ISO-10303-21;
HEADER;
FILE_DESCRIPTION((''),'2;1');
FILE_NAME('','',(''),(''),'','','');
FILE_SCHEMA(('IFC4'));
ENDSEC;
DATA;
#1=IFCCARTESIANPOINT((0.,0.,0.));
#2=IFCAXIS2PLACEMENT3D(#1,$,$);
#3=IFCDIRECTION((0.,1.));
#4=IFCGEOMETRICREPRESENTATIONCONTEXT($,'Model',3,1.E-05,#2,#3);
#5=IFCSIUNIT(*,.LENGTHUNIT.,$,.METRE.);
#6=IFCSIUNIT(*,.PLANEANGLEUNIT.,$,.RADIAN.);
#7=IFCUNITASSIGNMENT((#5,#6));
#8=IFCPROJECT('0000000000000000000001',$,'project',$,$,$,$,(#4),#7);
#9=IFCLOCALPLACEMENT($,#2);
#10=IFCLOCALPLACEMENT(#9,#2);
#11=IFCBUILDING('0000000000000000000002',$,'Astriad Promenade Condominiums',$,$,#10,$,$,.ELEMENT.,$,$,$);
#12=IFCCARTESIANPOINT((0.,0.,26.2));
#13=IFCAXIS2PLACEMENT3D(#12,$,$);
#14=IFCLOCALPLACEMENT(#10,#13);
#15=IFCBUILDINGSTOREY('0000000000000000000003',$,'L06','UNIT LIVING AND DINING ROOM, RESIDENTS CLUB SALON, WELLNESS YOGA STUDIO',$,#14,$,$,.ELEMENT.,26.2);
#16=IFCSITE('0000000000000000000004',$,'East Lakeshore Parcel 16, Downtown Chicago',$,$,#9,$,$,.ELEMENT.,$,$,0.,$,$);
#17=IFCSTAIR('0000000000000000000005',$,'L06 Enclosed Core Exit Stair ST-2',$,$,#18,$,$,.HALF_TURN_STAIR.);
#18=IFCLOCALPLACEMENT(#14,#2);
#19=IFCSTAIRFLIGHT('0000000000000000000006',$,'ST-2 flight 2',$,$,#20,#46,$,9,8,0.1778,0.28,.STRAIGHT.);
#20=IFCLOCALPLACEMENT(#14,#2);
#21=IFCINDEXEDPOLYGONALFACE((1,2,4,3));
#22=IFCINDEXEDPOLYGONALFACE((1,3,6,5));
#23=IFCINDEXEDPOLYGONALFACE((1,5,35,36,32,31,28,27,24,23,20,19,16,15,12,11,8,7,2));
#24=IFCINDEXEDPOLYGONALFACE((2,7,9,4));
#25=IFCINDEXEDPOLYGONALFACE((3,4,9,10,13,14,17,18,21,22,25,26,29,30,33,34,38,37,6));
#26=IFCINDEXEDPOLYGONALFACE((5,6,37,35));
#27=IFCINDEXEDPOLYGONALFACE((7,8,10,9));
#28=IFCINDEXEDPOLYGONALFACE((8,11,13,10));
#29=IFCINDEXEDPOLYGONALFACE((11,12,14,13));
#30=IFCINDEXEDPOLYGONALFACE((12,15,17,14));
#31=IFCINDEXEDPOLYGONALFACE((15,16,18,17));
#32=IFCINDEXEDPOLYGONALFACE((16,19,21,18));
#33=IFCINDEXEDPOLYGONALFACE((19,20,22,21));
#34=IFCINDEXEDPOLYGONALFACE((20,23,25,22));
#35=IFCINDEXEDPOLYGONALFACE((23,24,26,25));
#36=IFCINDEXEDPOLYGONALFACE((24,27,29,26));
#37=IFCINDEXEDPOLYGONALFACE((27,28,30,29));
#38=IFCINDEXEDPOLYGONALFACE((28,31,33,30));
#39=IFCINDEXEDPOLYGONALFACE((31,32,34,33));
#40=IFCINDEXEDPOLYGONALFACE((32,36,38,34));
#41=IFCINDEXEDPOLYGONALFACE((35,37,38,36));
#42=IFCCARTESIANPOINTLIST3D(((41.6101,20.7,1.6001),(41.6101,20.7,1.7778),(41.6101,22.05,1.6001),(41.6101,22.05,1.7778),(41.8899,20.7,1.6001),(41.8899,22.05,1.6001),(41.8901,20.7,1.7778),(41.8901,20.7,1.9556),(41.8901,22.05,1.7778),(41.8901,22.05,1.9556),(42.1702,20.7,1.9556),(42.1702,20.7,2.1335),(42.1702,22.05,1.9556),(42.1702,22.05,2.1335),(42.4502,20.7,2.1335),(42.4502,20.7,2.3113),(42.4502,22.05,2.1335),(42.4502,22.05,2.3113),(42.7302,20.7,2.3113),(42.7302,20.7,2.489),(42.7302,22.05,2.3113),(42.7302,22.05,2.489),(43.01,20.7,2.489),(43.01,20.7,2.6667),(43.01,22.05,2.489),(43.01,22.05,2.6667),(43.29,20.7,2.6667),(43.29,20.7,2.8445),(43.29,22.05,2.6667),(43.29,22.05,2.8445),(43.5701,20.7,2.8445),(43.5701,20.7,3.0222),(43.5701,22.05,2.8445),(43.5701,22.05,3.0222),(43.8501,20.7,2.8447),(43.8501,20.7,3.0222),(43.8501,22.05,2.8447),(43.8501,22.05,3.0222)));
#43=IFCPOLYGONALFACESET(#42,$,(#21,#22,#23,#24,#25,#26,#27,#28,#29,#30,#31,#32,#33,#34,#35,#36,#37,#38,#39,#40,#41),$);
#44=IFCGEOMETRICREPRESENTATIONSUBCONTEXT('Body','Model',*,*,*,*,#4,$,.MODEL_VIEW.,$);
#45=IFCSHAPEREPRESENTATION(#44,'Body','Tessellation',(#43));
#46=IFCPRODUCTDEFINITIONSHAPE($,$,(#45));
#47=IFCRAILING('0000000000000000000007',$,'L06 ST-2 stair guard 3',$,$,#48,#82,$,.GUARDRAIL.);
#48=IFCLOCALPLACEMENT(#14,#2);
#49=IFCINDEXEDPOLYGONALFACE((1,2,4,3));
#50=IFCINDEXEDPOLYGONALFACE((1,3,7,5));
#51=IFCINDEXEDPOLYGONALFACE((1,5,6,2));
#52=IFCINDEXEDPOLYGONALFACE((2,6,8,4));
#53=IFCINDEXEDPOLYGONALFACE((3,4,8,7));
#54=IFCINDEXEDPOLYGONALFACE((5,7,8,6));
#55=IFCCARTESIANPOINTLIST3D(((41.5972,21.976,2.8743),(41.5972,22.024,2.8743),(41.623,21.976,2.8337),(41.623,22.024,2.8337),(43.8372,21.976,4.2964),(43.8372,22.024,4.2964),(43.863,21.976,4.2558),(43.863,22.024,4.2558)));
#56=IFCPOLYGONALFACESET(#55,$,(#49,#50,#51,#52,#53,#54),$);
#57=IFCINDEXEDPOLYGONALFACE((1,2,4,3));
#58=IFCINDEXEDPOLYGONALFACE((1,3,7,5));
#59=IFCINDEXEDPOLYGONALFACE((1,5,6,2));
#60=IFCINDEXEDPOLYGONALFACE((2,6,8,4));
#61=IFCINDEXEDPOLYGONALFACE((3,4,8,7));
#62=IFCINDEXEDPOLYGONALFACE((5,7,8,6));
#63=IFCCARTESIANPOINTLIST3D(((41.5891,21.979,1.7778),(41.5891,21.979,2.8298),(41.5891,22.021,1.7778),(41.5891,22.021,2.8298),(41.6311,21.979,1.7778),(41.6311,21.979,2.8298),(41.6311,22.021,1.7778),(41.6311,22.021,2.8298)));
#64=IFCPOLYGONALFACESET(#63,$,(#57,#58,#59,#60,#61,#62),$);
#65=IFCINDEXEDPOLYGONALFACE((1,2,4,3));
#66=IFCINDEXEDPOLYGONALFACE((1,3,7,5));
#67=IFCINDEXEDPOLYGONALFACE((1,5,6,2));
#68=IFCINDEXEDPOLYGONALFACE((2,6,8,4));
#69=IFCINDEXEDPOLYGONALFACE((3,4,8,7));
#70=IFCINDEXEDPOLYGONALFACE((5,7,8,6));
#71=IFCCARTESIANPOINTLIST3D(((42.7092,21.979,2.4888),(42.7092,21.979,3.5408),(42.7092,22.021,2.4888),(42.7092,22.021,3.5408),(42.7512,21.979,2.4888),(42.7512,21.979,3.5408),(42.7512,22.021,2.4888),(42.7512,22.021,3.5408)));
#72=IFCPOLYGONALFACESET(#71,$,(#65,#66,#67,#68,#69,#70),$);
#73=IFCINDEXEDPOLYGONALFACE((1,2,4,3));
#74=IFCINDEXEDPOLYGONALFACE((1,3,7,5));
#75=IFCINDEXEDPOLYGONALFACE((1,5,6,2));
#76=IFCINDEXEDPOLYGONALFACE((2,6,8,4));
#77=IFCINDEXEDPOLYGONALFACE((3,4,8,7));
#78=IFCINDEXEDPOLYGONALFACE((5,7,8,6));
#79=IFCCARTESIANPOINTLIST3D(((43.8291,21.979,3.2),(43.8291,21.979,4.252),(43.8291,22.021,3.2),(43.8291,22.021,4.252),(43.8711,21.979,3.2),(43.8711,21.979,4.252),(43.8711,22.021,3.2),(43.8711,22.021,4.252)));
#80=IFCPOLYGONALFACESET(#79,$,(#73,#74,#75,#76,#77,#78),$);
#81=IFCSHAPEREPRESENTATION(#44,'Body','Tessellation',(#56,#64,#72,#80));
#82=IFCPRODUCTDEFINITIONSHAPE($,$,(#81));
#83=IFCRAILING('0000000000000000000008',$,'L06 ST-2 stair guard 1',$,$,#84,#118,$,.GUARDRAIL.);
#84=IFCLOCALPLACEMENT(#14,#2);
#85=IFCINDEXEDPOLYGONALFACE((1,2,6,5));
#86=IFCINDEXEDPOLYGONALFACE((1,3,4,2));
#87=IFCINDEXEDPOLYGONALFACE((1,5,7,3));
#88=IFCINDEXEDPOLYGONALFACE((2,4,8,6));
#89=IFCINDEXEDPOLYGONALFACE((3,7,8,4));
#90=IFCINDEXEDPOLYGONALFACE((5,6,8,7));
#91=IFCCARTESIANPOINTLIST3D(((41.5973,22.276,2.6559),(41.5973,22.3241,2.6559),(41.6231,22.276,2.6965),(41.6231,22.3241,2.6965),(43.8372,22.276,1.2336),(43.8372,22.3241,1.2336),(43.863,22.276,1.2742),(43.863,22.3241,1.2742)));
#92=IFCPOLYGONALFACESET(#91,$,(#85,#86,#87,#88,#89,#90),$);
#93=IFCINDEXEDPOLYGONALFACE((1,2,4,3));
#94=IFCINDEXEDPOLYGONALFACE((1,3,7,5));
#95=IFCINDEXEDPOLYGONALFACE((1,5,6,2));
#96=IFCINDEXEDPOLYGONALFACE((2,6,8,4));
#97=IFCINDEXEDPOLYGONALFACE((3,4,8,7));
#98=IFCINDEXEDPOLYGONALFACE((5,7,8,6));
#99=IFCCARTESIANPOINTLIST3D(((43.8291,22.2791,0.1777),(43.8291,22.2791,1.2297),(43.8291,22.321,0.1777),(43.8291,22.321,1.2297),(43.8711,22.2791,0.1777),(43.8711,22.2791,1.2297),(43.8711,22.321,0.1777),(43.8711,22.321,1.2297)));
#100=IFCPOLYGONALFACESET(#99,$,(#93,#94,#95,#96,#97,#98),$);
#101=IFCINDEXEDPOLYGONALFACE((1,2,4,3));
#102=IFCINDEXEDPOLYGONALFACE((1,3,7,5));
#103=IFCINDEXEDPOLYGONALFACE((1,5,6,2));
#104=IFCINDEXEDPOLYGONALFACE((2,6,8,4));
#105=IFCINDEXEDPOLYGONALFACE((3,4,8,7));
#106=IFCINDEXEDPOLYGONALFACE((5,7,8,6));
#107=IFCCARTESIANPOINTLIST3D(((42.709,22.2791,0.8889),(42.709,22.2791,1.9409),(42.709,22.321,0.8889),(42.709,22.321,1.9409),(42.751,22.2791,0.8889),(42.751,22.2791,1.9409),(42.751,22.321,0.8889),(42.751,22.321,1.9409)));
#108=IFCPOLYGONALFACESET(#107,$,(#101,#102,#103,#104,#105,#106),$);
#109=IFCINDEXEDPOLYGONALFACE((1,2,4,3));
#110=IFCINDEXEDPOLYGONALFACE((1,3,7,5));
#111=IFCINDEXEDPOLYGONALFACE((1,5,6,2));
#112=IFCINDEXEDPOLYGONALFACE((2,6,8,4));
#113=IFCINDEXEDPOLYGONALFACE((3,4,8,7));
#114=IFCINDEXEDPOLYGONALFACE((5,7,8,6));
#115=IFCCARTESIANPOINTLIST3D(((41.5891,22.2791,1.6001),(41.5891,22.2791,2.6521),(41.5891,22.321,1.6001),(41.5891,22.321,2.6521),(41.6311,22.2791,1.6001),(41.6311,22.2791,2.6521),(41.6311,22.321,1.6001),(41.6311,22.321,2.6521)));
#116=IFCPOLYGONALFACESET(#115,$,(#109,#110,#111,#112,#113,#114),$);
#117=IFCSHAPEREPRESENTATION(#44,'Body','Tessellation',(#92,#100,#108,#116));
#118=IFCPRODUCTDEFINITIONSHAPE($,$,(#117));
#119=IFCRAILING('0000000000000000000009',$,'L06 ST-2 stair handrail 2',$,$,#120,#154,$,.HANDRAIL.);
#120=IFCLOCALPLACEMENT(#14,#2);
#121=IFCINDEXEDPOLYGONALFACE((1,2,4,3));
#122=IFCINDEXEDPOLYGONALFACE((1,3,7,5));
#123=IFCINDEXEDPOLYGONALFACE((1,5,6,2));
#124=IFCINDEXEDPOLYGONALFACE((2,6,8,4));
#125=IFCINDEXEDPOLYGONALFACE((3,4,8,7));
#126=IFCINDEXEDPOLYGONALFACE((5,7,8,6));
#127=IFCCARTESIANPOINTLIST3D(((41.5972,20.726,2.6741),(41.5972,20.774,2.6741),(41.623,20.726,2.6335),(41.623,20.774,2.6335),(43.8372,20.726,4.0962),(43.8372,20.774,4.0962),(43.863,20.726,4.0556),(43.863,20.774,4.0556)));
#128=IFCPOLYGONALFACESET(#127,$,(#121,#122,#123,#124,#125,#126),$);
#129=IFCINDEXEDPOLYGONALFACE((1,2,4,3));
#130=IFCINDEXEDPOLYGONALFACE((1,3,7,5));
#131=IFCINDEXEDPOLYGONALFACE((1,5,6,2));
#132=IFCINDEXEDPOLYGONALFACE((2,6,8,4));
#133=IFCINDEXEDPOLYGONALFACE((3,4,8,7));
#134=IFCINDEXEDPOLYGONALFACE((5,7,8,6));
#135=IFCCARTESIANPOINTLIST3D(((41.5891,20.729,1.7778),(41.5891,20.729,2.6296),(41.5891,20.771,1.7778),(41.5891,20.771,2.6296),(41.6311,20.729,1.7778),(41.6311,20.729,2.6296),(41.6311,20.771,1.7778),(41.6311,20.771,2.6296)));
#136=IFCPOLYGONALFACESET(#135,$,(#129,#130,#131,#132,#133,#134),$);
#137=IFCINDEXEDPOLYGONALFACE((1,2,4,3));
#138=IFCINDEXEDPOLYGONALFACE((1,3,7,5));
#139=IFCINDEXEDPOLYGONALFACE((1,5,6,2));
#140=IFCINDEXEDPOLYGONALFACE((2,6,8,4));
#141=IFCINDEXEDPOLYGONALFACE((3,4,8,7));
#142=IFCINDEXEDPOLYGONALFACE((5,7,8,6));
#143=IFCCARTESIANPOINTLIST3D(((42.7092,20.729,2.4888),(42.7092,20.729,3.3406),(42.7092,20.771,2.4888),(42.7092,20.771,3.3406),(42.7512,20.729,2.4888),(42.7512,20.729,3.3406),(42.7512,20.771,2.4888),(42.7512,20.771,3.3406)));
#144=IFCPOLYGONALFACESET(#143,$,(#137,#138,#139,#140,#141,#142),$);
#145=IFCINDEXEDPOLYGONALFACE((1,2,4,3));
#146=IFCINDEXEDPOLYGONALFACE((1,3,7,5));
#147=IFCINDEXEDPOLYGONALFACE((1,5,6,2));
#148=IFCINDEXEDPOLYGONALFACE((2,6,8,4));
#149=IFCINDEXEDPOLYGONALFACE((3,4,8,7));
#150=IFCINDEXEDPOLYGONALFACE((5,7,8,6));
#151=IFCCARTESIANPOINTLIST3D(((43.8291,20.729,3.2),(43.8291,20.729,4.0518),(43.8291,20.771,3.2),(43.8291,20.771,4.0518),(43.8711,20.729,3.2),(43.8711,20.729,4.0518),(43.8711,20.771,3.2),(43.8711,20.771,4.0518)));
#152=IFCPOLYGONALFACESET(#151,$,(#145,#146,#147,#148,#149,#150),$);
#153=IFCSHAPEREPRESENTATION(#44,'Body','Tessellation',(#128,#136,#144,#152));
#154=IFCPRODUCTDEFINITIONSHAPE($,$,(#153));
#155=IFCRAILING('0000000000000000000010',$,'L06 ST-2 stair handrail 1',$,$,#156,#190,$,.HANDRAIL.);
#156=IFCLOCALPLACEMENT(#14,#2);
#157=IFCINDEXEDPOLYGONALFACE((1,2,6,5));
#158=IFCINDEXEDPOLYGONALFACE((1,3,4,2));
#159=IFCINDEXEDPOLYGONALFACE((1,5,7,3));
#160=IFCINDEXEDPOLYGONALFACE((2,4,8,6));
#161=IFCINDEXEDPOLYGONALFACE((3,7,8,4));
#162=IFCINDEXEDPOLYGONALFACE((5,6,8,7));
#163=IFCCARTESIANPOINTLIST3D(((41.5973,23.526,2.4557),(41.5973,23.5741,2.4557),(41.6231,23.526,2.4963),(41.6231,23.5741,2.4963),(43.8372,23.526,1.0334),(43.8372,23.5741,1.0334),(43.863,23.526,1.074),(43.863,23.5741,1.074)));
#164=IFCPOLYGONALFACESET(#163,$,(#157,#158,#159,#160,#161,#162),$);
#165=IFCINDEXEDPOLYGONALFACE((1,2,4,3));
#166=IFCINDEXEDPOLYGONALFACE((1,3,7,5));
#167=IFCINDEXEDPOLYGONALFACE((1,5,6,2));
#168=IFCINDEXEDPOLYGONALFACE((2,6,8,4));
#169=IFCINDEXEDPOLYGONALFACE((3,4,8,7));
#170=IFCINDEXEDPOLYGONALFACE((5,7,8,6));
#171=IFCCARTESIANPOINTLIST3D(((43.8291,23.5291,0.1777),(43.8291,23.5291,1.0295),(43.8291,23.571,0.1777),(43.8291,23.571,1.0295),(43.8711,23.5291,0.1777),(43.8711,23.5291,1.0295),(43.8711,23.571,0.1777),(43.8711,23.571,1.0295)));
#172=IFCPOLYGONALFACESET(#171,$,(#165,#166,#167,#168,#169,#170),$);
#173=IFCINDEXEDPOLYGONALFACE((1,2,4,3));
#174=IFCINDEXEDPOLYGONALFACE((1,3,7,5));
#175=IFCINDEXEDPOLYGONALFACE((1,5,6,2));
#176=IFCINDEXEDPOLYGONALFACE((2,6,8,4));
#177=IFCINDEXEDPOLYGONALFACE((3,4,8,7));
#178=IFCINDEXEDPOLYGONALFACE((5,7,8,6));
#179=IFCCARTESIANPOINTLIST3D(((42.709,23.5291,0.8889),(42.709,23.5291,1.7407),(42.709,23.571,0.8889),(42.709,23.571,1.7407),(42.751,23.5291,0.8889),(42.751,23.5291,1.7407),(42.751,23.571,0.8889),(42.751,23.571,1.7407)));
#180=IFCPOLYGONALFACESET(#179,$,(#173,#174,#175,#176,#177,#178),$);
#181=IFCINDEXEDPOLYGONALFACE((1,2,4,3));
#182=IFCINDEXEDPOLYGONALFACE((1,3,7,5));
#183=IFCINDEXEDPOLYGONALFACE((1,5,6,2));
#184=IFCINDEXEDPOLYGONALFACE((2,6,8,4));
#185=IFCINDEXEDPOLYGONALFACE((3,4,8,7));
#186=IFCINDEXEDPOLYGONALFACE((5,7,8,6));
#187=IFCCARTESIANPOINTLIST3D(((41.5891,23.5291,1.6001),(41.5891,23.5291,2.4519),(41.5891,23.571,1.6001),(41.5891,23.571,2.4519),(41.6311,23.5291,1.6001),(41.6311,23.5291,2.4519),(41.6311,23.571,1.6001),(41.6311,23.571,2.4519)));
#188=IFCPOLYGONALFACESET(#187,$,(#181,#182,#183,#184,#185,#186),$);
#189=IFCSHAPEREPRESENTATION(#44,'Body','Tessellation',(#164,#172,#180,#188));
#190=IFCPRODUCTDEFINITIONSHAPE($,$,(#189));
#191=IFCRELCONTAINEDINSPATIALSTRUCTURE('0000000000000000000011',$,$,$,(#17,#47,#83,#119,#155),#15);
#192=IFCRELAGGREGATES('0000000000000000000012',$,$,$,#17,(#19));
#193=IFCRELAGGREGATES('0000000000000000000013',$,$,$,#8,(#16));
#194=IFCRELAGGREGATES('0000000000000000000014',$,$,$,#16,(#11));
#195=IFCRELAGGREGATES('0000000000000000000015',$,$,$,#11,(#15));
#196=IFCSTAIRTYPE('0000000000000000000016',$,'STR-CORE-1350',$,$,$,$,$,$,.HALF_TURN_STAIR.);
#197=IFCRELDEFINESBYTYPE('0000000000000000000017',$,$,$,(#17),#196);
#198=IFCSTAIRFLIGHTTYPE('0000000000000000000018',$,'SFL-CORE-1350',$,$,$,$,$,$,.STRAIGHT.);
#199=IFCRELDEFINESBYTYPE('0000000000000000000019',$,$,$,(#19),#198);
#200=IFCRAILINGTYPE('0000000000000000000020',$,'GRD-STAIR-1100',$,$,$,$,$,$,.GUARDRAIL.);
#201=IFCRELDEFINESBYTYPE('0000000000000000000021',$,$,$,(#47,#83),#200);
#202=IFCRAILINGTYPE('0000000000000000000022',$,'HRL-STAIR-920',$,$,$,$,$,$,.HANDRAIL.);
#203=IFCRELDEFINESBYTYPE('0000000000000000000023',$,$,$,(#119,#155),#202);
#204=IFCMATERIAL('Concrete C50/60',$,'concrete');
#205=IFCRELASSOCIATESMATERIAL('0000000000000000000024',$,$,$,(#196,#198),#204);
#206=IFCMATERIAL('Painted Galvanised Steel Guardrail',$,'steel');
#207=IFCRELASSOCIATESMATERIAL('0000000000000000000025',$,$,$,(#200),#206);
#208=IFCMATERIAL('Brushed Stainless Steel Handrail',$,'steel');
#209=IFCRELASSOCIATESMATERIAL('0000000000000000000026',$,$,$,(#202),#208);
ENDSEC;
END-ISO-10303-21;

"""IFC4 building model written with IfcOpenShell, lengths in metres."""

from ifc_helpers import new_model, si_unit, direction, frame, origin, origin_2d, place, context, subcontext, project, spatial, polyline, rectangle, outline, extrude, source, transform, mapped, material, type_object, type_shapes, element, aggregate, save


model = new_model("IFC4")

# Units and contexts
model_context = context("Model", 3, precision=1e-05, world=origin(), true_north=direction((0.0, 1.0)))
body_context = subcontext(model_context, "Body", "Model", "MODEL_VIEW")
ifc_project = project(units=[si_unit("LENGTHUNIT", "METRE"), si_unit("PLANEANGLEUNIT", "RADIAN")], contexts=[model_context])

# Site, building, storey
site_placement = place(None, origin())
site = spatial("IfcSite", under=ifc_project, at=site_placement, Name="East Lakeshore Parcel 16, Downtown Chicago", CompositionType="ELEMENT", RefElevation=0.0)
building_placement = place(site_placement, origin())
building = spatial("IfcBuilding", under=site, at=building_placement, Name="Astriad Promenade Condominiums", CompositionType="ELEMENT")
storey_placement = place(building_placement, frame((0.0, 0.0, 26.2)))
storey = spatial("IfcBuildingStorey", under=building, at=storey_placement, Name="L06", Description="UNIT LIVING AND DINING ROOM, RESIDENTS CLUB SALON, WELLNESS YOGA STUDIO", CompositionType="ELEMENT", Elevation=26.2)

# Shared definitions
ifc_material_1 = material(Name="Concrete C50/60", Category="concrete")

# Stair, stair flight
stair_type = type_object("IfcStairType", Name="STR-CORE-1350", PredefinedType="HALF_TURN_STAIR", material=ifc_material_1)
stair_placement = place(storey_placement, origin())
stair = element("IfcStair", 1, at=stair_placement, inside=storey, type_object=stair_type, Name="L06 Enclosed Core Exit Stair ST-2", PredefinedType="HALF_TURN_STAIR")
stair_flight_type = type_object("IfcStairFlightType", Name="SFL-CORE-1350", PredefinedType="STRAIGHT", material=ifc_material_1)
shared_shape_1 = source(origin(), body_context, "Body", "SweptSolid", [
    extrude(outline(polyline([(0.0, 0.0), (0.0, 0.1777), (0.28, 0.1777), (0.28, 0.3555), (0.5601, 0.3555), (0.5601, 0.5334), (0.8401, 0.5334), (0.8401, 0.7112), (1.1201, 0.7112), (1.1201, 0.8889), (1.3999, 0.8889), (1.3999, 1.0667), (1.6799, 1.0667), (1.6799, 1.2444), (1.96, 1.2444), (1.96, 1.4221), (2.24, 1.4221), (2.24, 1.6001), (2.24, 1.2446), (0.2798, 0.0), (0.0, 0.0)])), frame((0.0, 0.675, 0.0), z_axis=(0.0, -1.0, 0.0), x_axis=(1.0, 0.0, 0.0)), (0.0, 0.0, 1.0), 1.3501),
])
type_shapes(stair_flight_type, [shared_shape_1])
stair_flight_1_placement = place(storey_placement, frame((41.6101, 21.375, 1.6001), z_axis=(0.0, 0.0, 1.0), x_axis=(1.0, 0.0, 0.0)))
stair_flight_1 = element("IfcStairFlight", 2, at=stair_flight_1_placement, type_object=stair_flight_type, Name="ST-2 flight 2", NumberOfRisers=9, NumberOfTreads=8, PredefinedType="STRAIGHT", RiserHeight=0.1778, TreadLength=0.28, context=body_context, shape_type="MappedRepresentation", body=[
    mapped(shared_shape_1, transform((0.0, 0.0, 0.0), scale=1.0)),
])
aggregate(stair, [stair_flight_1])

# Railings
ifc_material_2 = material(Name="Painted Galvanised Steel Guardrail", Category="steel")
railing_type_1 = type_object("IfcRailingType", Name="GRD-STAIR-1100", PredefinedType="GUARDRAIL", material=ifc_material_2)
shared_shape_2 = source(origin(), body_context, "Body", "SweptSolid", [
    extrude(rectangle(XDim=0.0481, YDim=0.0481, at=origin_2d()), frame((0.0, 0.0, 1.0762), z_axis=(0.844229, 0.0, 0.535982), x_axis=(0.0, 1.0, 0.0)), (0.0, 0.0, 1.0), 2.6533),
    extrude(rectangle(XDim=0.042, YDim=0.042, at=origin_2d()), origin(), (0.0, 0.0, 1.0), 1.052),
    extrude(rectangle(XDim=0.042, YDim=0.042, at=origin_2d()), frame((1.1201, 0.0, 0.7109)), (0.0, 0.0, 1.0), 1.052),
    extrude(rectangle(XDim=0.042, YDim=0.042, at=origin_2d()), frame((2.24, 0.0, 1.4221)), (0.0, 0.0, 1.0), 1.052),
])
railing_1_placement = place(storey_placement, frame((41.6101, 22.0, 1.7778)))
element("IfcRailing", 3, at=railing_1_placement, inside=storey, type_object=railing_type_1, Name="L06 ST-2 stair guard 3", PredefinedType="GUARDRAIL", context=body_context, shape_type="MappedRepresentation", body=[
    mapped(shared_shape_2, transform((0.0, 0.0, 0.0), scale=1.0)),
])
shared_shape_3 = source(origin(), body_context, "Body", "SweptSolid", [
    extrude(rectangle(XDim=0.0481, YDim=0.0481, at=origin_2d()), frame((0.0, 0.0, 1.0762), z_axis=(-0.844188, 0.0, 0.536048), x_axis=(0.0, -1.0, 0.0)), (0.0, 0.0, 1.0), 2.6533),
    extrude(rectangle(XDim=0.042, YDim=0.042, at=origin_2d()), origin(), (0.0, 0.0, 1.0), 1.052),
    extrude(rectangle(XDim=0.042, YDim=0.042, at=origin_2d()), frame((-1.1201, 0.0, 0.7112)), (0.0, 0.0, 1.0), 1.052),
    extrude(rectangle(XDim=0.042, YDim=0.042, at=origin_2d()), frame((-2.24, 0.0, 1.4224)), (0.0, 0.0, 1.0), 1.052),
])
railing_2_placement = place(storey_placement, frame((43.8501, 22.3, 0.1777)))
element("IfcRailing", 4, at=railing_2_placement, inside=storey, type_object=railing_type_1, Name="L06 ST-2 stair guard 1", PredefinedType="GUARDRAIL", context=body_context, shape_type="MappedRepresentation", body=[
    mapped(shared_shape_3, transform((0.0, 0.0, 0.0), scale=1.0)),
])
ifc_material_3 = material(Name="Brushed Stainless Steel Handrail", Category="steel")
railing_type_2 = type_object("IfcRailingType", Name="HRL-STAIR-920", PredefinedType="HANDRAIL", material=ifc_material_3)
shared_shape_4 = source(origin(), body_context, "Body", "SweptSolid", [
    extrude(rectangle(XDim=0.0481, YDim=0.0481, at=origin_2d()), frame((0.0, 0.0, 0.876), z_axis=(0.844229, 0.0, 0.535982), x_axis=(0.0, 1.0, 0.0)), (0.0, 0.0, 1.0), 2.6533),
    extrude(rectangle(XDim=0.042, YDim=0.042, at=origin_2d()), origin(), (0.0, 0.0, 1.0), 0.8518),
    extrude(rectangle(XDim=0.042, YDim=0.042, at=origin_2d()), frame((1.1201, 0.0, 0.7109)), (0.0, 0.0, 1.0), 0.8518),
    extrude(rectangle(XDim=0.042, YDim=0.042, at=origin_2d()), frame((2.24, 0.0, 1.4221)), (0.0, 0.0, 1.0), 0.8518),
])
railing_3_placement = place(storey_placement, frame((41.6101, 20.75, 1.7778)))
element("IfcRailing", 5, at=railing_3_placement, inside=storey, type_object=railing_type_2, Name="L06 ST-2 stair handrail 2", PredefinedType="HANDRAIL", context=body_context, shape_type="MappedRepresentation", body=[
    mapped(shared_shape_4, transform((0.0, 0.0, 0.0), scale=1.0)),
])
shared_shape_5 = source(origin(), body_context, "Body", "SweptSolid", [
    extrude(rectangle(XDim=0.0481, YDim=0.0481, at=origin_2d()), frame((0.0, 0.0, 0.876), z_axis=(-0.844188, 0.0, 0.536048), x_axis=(0.0, -1.0, 0.0)), (0.0, 0.0, 1.0), 2.6533),
    extrude(rectangle(XDim=0.042, YDim=0.042, at=origin_2d()), origin(), (0.0, 0.0, 1.0), 0.8518),
    extrude(rectangle(XDim=0.042, YDim=0.042, at=origin_2d()), frame((-1.1201, 0.0, 0.7112)), (0.0, 0.0, 1.0), 0.8518),
    extrude(rectangle(XDim=0.042, YDim=0.042, at=origin_2d()), frame((-2.24, 0.0, 1.4224)), (0.0, 0.0, 1.0), 0.8518),
])
type_shapes(railing_type_2, [shared_shape_4, shared_shape_5])
railing_4_placement = place(storey_placement, frame((43.8501, 23.55, 0.1777)))
element("IfcRailing", 6, at=railing_4_placement, inside=storey, type_object=railing_type_2, Name="L06 ST-2 stair handrail 1", PredefinedType="HANDRAIL", context=body_context, shape_type="MappedRepresentation", body=[
    mapped(shared_shape_5, transform((0.0, 0.0, 0.0), scale=1.0)),
])

save(model, "model.ifc")
